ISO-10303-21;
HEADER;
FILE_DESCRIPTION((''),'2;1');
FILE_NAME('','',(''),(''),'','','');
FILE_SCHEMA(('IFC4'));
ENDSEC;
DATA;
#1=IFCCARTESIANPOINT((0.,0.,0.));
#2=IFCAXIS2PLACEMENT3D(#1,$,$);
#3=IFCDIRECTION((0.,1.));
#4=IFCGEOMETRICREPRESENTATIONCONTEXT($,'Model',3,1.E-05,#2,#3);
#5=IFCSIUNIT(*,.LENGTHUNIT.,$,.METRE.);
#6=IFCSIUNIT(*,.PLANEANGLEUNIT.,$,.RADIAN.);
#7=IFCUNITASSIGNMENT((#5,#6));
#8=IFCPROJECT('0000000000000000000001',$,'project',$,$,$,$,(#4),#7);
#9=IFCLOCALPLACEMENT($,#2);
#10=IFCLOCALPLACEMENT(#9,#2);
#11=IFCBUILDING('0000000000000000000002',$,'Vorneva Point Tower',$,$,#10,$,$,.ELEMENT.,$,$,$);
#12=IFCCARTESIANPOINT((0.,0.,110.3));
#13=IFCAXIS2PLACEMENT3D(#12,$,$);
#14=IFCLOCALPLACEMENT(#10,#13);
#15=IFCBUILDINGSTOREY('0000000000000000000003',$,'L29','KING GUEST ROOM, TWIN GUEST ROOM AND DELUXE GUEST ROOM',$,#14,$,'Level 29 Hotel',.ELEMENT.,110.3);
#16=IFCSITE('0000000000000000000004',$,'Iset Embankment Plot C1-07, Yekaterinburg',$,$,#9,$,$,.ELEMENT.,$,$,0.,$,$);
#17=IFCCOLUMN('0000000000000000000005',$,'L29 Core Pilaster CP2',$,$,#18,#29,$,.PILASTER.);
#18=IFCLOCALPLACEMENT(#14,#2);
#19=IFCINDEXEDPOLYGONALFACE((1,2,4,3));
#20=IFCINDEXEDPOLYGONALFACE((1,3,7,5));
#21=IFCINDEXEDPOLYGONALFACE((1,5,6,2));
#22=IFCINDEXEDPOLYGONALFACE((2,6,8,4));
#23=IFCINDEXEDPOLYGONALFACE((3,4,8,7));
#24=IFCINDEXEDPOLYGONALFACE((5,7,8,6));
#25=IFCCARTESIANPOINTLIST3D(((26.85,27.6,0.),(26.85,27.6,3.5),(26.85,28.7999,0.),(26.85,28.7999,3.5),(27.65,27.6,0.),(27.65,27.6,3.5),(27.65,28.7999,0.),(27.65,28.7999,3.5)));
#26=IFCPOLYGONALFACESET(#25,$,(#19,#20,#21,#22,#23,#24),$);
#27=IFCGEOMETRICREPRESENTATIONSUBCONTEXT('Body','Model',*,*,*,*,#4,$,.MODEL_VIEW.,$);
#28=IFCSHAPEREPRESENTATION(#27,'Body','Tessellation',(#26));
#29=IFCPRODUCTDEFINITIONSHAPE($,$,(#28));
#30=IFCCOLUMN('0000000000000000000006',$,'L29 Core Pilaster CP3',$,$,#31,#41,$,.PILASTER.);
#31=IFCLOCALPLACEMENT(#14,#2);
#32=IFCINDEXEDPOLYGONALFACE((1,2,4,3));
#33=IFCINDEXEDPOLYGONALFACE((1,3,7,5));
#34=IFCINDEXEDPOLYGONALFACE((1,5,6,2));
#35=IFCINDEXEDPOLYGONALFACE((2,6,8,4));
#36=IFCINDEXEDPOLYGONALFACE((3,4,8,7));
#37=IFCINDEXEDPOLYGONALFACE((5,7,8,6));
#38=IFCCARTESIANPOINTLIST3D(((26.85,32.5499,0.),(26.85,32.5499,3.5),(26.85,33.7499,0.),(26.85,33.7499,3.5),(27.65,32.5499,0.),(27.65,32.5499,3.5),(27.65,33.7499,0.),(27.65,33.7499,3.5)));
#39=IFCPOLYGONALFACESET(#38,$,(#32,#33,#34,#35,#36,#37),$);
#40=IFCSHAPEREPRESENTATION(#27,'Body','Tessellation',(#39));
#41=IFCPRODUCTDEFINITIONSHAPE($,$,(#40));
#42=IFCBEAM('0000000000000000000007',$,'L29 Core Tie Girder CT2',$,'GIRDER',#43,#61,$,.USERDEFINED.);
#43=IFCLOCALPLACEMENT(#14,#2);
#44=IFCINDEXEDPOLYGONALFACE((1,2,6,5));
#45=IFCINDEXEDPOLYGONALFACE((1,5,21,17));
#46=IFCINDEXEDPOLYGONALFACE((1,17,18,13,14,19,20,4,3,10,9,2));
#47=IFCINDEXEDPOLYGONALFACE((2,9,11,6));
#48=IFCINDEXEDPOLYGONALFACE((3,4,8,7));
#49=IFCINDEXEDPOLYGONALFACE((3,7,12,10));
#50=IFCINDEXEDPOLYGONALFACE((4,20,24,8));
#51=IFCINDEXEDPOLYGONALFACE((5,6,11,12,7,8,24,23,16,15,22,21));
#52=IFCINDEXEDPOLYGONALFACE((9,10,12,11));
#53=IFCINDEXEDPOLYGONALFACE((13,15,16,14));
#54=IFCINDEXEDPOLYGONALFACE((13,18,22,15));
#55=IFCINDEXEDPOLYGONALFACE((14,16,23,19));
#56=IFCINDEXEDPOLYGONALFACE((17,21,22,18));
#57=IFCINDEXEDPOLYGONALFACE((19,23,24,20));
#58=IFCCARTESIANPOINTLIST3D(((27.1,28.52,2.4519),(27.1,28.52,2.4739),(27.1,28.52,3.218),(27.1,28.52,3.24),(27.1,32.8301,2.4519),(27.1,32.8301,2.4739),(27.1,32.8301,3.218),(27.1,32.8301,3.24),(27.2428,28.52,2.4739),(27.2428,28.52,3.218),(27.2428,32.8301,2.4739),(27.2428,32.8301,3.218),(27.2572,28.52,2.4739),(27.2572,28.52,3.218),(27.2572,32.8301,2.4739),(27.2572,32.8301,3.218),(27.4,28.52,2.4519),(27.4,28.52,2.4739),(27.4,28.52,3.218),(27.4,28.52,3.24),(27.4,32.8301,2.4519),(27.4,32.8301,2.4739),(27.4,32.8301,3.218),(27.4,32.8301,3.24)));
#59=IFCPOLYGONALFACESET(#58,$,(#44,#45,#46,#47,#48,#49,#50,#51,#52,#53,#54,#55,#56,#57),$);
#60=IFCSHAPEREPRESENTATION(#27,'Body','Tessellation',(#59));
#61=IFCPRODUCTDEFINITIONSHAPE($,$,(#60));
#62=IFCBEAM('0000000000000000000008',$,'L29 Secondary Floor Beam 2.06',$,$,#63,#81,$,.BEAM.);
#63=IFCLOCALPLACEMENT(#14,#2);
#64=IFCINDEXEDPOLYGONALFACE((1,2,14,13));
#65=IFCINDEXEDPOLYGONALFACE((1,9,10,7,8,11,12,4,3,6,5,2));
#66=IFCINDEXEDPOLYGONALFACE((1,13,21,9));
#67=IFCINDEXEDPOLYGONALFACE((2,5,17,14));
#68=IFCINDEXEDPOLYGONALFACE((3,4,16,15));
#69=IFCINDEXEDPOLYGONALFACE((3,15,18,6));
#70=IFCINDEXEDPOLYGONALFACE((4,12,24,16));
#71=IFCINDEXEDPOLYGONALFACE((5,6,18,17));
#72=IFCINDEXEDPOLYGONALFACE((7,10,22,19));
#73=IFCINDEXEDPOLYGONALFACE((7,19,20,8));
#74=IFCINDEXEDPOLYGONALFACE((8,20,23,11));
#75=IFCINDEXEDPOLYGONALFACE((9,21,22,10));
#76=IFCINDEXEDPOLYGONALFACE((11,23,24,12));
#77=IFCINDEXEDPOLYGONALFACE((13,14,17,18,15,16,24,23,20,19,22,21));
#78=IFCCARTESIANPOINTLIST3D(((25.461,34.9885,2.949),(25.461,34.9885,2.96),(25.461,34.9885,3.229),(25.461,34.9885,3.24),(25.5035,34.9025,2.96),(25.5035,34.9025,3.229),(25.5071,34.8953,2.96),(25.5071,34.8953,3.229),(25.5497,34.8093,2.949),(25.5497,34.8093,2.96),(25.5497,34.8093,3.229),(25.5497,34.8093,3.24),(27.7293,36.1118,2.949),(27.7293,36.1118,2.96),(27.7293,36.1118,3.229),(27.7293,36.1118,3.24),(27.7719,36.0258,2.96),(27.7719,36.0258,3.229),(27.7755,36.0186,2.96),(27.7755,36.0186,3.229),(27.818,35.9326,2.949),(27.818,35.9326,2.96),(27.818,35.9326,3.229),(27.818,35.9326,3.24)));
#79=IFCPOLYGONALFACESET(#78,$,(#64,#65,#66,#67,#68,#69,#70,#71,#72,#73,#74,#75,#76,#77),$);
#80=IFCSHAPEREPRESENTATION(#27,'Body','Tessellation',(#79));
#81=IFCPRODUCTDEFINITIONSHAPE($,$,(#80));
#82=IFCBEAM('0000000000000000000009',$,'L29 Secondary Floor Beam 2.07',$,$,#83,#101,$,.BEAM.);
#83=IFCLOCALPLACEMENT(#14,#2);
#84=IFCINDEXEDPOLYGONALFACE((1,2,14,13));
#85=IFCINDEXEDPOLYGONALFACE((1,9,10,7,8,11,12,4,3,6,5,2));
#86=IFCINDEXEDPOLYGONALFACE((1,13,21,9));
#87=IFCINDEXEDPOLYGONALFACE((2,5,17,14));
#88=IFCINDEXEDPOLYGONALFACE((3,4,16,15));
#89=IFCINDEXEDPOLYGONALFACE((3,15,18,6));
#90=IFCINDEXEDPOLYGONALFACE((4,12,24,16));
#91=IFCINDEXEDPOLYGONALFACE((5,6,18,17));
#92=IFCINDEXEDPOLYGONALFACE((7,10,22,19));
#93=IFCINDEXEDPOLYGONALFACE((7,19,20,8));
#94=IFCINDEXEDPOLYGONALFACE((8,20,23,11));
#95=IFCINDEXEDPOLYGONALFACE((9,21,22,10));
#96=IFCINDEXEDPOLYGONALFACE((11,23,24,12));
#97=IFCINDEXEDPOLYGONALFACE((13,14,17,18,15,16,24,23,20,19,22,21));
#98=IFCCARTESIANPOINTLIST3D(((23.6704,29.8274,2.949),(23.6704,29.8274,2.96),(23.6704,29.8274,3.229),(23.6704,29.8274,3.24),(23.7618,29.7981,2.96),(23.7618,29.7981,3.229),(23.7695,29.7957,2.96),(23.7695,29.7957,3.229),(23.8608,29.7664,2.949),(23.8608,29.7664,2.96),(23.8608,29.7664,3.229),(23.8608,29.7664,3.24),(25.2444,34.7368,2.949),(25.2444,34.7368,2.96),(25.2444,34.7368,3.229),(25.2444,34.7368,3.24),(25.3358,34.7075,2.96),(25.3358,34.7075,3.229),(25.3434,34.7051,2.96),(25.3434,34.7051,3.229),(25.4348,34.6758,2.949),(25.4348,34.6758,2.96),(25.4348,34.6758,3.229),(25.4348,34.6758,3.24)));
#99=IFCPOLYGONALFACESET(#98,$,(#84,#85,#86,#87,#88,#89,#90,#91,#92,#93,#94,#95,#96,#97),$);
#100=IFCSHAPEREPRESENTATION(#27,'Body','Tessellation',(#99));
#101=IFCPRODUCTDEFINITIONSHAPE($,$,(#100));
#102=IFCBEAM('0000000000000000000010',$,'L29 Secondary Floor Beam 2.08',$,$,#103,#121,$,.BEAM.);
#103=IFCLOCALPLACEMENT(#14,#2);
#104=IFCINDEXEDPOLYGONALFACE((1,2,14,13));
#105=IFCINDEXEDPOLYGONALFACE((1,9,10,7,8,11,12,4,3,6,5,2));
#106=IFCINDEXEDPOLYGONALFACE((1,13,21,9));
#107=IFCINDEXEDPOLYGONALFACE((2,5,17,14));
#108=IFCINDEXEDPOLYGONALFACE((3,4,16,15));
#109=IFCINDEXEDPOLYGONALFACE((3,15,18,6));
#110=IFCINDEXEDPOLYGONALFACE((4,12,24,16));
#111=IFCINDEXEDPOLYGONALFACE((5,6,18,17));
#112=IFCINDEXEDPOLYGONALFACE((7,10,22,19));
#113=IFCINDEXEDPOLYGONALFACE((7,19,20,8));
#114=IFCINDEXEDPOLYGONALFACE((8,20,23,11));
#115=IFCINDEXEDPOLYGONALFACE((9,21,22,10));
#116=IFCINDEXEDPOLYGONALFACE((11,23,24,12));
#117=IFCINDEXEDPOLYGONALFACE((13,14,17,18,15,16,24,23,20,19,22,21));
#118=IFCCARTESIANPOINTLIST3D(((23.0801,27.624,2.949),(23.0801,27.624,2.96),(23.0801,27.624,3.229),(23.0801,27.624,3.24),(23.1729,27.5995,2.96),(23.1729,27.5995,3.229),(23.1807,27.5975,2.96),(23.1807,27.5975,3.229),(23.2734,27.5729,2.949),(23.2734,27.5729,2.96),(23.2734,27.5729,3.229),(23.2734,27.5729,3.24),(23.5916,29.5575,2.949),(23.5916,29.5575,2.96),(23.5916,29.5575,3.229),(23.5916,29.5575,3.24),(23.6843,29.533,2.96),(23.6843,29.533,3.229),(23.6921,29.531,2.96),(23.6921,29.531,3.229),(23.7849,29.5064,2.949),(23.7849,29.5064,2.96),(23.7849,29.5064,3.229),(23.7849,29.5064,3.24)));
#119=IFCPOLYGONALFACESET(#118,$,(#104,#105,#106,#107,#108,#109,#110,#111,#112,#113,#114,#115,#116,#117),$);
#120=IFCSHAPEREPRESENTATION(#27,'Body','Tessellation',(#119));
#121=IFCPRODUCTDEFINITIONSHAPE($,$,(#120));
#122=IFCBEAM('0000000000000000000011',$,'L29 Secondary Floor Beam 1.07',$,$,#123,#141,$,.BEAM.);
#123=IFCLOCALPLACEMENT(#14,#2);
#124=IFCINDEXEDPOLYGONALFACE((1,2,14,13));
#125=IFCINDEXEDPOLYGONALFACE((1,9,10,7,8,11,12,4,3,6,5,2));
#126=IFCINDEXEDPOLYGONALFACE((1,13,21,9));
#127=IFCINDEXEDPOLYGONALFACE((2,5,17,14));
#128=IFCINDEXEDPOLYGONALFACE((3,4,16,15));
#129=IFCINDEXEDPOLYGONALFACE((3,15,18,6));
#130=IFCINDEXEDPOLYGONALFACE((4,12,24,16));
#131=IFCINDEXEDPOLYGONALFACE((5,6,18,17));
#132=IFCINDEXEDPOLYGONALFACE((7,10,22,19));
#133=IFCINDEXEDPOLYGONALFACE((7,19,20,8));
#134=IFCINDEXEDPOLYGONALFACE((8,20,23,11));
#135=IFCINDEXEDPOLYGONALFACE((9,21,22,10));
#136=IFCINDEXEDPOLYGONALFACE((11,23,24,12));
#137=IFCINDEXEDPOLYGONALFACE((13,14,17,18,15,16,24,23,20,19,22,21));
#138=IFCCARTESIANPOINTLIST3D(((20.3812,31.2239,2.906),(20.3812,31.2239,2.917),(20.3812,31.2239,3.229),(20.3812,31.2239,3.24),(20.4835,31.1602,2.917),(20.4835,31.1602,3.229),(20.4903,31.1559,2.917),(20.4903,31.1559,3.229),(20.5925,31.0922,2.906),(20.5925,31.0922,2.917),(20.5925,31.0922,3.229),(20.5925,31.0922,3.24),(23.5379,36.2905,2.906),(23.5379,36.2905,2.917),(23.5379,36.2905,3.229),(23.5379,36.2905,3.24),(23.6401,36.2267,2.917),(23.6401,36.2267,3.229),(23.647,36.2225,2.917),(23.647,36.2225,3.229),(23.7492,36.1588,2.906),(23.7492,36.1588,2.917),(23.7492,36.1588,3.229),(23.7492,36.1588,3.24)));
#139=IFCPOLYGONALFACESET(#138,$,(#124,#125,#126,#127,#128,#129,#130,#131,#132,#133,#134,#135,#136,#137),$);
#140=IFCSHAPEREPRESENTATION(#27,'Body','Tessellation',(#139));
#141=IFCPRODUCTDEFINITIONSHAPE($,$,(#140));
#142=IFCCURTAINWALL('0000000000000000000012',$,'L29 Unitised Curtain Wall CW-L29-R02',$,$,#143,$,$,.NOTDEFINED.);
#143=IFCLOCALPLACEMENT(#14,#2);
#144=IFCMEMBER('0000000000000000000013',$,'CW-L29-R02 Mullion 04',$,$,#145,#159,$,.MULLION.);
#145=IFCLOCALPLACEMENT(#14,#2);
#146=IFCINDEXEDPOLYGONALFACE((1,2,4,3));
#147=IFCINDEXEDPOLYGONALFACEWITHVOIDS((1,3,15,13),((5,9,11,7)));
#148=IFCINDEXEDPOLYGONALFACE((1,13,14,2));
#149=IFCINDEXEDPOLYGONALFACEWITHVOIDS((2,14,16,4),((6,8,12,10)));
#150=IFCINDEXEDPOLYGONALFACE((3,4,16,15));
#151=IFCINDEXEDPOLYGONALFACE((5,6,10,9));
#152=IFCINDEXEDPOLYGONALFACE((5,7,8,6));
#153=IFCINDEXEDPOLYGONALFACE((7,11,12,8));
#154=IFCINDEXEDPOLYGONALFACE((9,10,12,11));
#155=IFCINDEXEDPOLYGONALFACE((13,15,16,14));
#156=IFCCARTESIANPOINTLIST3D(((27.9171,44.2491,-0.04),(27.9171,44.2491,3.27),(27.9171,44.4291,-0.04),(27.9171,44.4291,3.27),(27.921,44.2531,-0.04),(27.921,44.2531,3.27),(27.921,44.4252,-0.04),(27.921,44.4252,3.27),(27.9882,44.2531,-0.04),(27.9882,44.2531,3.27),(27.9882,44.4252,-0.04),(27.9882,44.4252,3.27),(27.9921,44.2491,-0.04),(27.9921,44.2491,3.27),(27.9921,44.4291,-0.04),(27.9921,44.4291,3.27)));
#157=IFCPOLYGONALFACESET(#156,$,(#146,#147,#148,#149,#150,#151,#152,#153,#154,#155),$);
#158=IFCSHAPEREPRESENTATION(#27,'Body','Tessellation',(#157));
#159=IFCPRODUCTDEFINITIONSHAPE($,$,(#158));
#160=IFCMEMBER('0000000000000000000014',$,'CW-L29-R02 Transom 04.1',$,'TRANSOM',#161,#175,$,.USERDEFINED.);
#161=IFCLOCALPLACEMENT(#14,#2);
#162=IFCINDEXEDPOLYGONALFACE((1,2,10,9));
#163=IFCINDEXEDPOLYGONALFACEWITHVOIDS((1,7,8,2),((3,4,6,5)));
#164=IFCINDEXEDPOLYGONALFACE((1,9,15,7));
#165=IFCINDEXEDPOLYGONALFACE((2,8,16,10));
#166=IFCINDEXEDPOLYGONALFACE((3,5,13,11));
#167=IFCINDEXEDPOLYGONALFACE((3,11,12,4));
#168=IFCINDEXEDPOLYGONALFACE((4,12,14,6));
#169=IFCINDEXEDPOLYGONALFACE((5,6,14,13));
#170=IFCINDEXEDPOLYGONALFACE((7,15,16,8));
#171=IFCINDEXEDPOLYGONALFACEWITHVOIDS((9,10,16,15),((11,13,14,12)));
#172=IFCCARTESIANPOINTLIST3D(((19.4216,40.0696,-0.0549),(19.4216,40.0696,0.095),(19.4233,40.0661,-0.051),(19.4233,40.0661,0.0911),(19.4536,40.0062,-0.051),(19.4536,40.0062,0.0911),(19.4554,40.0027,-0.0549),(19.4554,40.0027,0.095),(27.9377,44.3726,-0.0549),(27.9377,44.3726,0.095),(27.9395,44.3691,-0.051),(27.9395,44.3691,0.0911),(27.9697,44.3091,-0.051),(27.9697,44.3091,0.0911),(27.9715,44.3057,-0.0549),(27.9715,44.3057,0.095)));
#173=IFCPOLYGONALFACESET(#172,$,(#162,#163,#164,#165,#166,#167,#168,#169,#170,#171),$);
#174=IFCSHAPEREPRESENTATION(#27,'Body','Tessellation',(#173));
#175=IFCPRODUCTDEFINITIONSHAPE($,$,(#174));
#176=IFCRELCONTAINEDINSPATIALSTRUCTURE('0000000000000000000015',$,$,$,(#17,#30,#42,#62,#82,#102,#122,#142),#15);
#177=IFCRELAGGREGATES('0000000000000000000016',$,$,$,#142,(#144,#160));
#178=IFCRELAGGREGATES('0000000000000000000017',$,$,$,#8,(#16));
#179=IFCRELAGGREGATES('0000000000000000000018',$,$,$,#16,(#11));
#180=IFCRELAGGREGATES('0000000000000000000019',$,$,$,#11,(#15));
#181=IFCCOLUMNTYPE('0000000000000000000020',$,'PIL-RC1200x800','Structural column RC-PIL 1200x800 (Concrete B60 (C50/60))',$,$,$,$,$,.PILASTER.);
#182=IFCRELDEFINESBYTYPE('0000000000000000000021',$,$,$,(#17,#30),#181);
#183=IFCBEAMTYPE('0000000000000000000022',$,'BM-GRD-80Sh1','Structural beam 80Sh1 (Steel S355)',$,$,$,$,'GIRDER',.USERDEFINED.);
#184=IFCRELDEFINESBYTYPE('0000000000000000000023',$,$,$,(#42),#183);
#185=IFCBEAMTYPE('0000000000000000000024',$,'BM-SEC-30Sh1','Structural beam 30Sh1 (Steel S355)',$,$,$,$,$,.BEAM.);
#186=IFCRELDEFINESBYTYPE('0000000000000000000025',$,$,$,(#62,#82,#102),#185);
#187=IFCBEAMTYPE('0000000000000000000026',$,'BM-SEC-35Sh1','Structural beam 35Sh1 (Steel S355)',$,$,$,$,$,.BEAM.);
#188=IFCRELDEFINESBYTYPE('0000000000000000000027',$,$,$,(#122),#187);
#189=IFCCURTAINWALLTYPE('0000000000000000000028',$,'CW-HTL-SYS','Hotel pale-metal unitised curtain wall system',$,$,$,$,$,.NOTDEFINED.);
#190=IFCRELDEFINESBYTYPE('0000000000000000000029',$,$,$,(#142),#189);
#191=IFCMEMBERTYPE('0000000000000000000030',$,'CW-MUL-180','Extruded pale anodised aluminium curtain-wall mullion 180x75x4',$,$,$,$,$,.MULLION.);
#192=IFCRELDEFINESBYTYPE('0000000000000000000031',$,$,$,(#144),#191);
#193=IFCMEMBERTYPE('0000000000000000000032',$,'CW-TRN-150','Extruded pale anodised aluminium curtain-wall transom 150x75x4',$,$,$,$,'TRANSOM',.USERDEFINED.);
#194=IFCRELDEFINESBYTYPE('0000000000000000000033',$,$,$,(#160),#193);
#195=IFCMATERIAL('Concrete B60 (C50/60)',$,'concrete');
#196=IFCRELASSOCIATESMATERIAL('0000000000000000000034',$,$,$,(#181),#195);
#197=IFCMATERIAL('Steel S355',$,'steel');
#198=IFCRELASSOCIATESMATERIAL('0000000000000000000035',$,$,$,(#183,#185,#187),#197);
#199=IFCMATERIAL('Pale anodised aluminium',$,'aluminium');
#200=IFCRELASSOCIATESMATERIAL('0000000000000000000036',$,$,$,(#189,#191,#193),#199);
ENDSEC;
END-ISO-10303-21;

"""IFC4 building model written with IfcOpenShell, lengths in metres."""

from ifc_helpers import new_model, si_unit, direction, frame, origin, origin_2d, place, context, subcontext, project, spatial, rectangle, hollow_rectangle, i_section, extrude, material, material_profile, profile_set, type_object, element, aggregate, save


model = new_model("IFC4")

# Units and contexts
model_context = context("Model", 3, precision=1e-05, world=origin(), true_north=direction((0.0, 1.0)))
body_context = subcontext(model_context, "Body", "Model", "MODEL_VIEW")
ifc_project = project(units=[si_unit("LENGTHUNIT", "METRE"), si_unit("PLANEANGLEUNIT", "RADIAN")], contexts=[model_context])

# Site, building, storey
site_placement = place(None, origin())
site = spatial("IfcSite", under=ifc_project, at=site_placement, Name="Iset Embankment Plot C1-07, Yekaterinburg", CompositionType="ELEMENT", RefElevation=0.0)
building_placement = place(site_placement, origin())
building = spatial("IfcBuilding", under=site, at=building_placement, Name="Vorneva Point Tower", CompositionType="ELEMENT")
storey_placement = place(building_placement, frame((0.0, 0.0, 110.3)))
storey = spatial("IfcBuildingStorey", under=building, at=storey_placement, Name="L29", Description="KING GUEST ROOM, TWIN GUEST ROOM AND DELUXE GUEST ROOM", LongName="Level 29 Hotel", CompositionType="ELEMENT", Elevation=110.3)

# Columns
ifc_material_1 = material(Name="Concrete B60 (C50/60)", Category="concrete")
ifc_material_profile_1 = material_profile(ifc_material_1, rectangle(XDim=0.8, YDim=1.2, at=origin_2d()), Name="RC-PIL 1200x800")
ifc_profile_set_1 = profile_set([ifc_material_profile_1], Name="Concrete B60 (C50/60)")
column_type = type_object("IfcColumnType", Name="PIL-RC1200x800", Description="Structural column RC-PIL 1200x800 (Concrete B60 (C50/60))", PredefinedType="PILASTER", material=ifc_profile_set_1)
for number, where, z_axis, x_axis, name in (
    (1, (27.25, 28.2, 0.0), (0.0, 0.0, 1.0), (1.0, 0.0, 0.0), "L29 Core Pilaster CP2"),
    (2, (27.25, 33.1499, 0.0), (0.0, 0.0, 1.0), (1.0, 0.0, 0.0), "L29 Core Pilaster CP3"),
):
    element("IfcColumn", number, at=place(storey_placement, frame(where, z_axis=z_axis, x_axis=x_axis)), inside=storey, type_object=column_type, Name=name, PredefinedType="PILASTER", context=body_context, shape_type="SweptSolid", body=[
        extrude(rectangle(XDim=0.8, YDim=1.2, at=origin_2d()), origin(), (0.0, 0.0, 1.0), 3.5),
    ])

# Beams
ifc_material_2 = material(Name="Steel S355", Category="steel")
ifc_material_profile_2 = material_profile(ifc_material_2, i_section(OverallWidth=0.3, OverallDepth=0.7881, WebThickness=0.0144, FlangeThickness=0.022, at=origin_2d()), Name="80Sh1")
ifc_profile_set_2 = profile_set([ifc_material_profile_2], Name="Steel S355")
beam_type_1 = type_object("IfcBeamType", Name="BM-GRD-80Sh1", Description="Structural beam 80Sh1 (Steel S355)", ElementType="GIRDER", PredefinedType="USERDEFINED", material=ifc_profile_set_2)
beam_1_placement = place(storey_placement, frame((27.25, 28.52, 2.8459), z_axis=(0.0, 1.0, 0.0), x_axis=(-1.0, 0.0, 0.0)))
element("IfcBeam", 3, at=beam_1_placement, inside=storey, type_object=beam_type_1, Name="L29 Core Tie Girder CT2", ObjectType="GIRDER", PredefinedType="USERDEFINED", context=body_context, shape_type="SweptSolid", body=[
    extrude(i_section(OverallWidth=0.3, OverallDepth=0.7881, WebThickness=0.0144, FlangeThickness=0.022, at=origin_2d()), origin(), (0.0, 0.0, 1.0), 4.3101),
])
ifc_material_profile_3 = material_profile(ifc_material_2, i_section(OverallWidth=0.2, OverallDepth=0.291, WebThickness=0.0081, FlangeThickness=0.011, at=origin_2d()), Name="30Sh1")
ifc_profile_set_3 = profile_set([ifc_material_profile_3], Name="Steel S355")
beam_type_2 = type_object("IfcBeamType", Name="BM-SEC-30Sh1", Description="Structural beam 30Sh1 (Steel S355)", PredefinedType="BEAM", material=ifc_profile_set_3)
beam_2_placement = place(storey_placement, frame((27.7737, 36.0222, 3.0945), z_axis=(-0.896137, -0.443777, 0.0), x_axis=(0.443777, -0.896137, 0.0)))
element("IfcBeam", 4, at=beam_2_placement, inside=storey, type_object=beam_type_2, Name="L29 Secondary Floor Beam 2.06", PredefinedType="BEAM", context=body_context, shape_type="SweptSolid", body=[
    extrude(i_section(OverallWidth=0.2, OverallDepth=0.291, WebThickness=0.0081, FlangeThickness=0.011, at=origin_2d()), origin(), (0.0, 0.0, 1.0), 2.5312),
])
beam_3_placement = place(storey_placement, frame((25.3396, 34.7063, 3.0945), z_axis=(-0.305296, -0.952257, 0.0), x_axis=(0.952257, -0.305296, 0.0)))
element("IfcBeam", 5, at=beam_3_placement, inside=storey, type_object=beam_type_2, Name="L29 Secondary Floor Beam 2.07", PredefinedType="BEAM", context=body_context, shape_type="SweptSolid", body=[
    extrude(i_section(OverallWidth=0.2, OverallDepth=0.291, WebThickness=0.0081, FlangeThickness=0.011, at=origin_2d()), origin(), (0.0, 0.0, 1.0), 5.1555),
])
beam_4_placement = place(storey_placement, frame((23.6882, 29.532, 3.0945), z_axis=(-0.255725, -0.96675, 0.0), x_axis=(0.96675, -0.255725, 0.0)))
element("IfcBeam", 6, at=beam_4_placement, inside=storey, type_object=beam_type_2, Name="L29 Secondary Floor Beam 2.08", PredefinedType="BEAM", context=body_context, shape_type="SweptSolid", body=[
    extrude(i_section(OverallWidth=0.2, OverallDepth=0.291, WebThickness=0.0081, FlangeThickness=0.011, at=origin_2d()), origin(), (0.0, 0.0, 1.0), 2.0),
])
ifc_material_profile_4 = material_profile(ifc_material_2, i_section(OverallWidth=0.249, OverallDepth=0.334, WebThickness=0.0081, FlangeThickness=0.011, at=origin_2d()), Name="35Sh1")
ifc_profile_set_4 = profile_set([ifc_material_profile_4], Name="Steel S355")
beam_type_3 = type_object("IfcBeamType", Name="BM-SEC-35Sh1", Description="Structural beam 35Sh1 (Steel S355)", PredefinedType="BEAM", material=ifc_profile_set_4)
beam_5_placement = place(storey_placement, frame((23.6436, 36.2246, 3.073), z_axis=(-0.528804, -0.848744, 0.0), x_axis=(0.848744, -0.528804, 0.0)))
element("IfcBeam", 7, at=beam_5_placement, inside=storey, type_object=beam_type_3, Name="L29 Secondary Floor Beam 1.07", PredefinedType="BEAM", context=body_context, shape_type="SweptSolid", body=[
    extrude(i_section(OverallWidth=0.249, OverallDepth=0.334, WebThickness=0.0081, FlangeThickness=0.011, at=origin_2d()), origin(), (0.0, 0.0, 1.0), 5.9695),
])

# Curtain wall, members
ifc_material_3 = material(Name="Pale anodised aluminium", Category="aluminium")
curtain_wall_type = type_object("IfcCurtainWallType", Name="CW-HTL-SYS", Description="Hotel pale-metal unitised curtain wall system", PredefinedType="NOTDEFINED", material=ifc_material_3)
curtain_wall_placement = place(storey_placement, origin())
curtain_wall = element("IfcCurtainWall", 8, at=curtain_wall_placement, inside=storey, type_object=curtain_wall_type, Name="L29 Unitised Curtain Wall CW-L29-R02", PredefinedType="NOTDEFINED")
ifc_material_profile_5 = material_profile(ifc_material_3, hollow_rectangle(XDim=0.075, YDim=0.1799, WallThickness=0.0039, at=origin_2d()), Name="AL-MUL 180x75x4")
ifc_profile_set_5 = profile_set([ifc_material_profile_5], Name="Pale anodised aluminium")
member_type_1 = type_object("IfcMemberType", Name="CW-MUL-180", Description="Extruded pale anodised aluminium curtain-wall mullion 180x75x4", PredefinedType="MULLION", material=ifc_profile_set_5)
member_1_placement = place(storey_placement, frame((27.9546, 44.3391, -0.04), z_axis=(0.0, 0.0, 1.0), x_axis=(1.0, 0.0, 0.0)))
member_1 = element("IfcMember", 9, at=member_1_placement, type_object=member_type_1, Name="CW-L29-R02 Mullion 04", PredefinedType="MULLION", context=body_context, shape_type="SweptSolid", body=[
    extrude(hollow_rectangle(XDim=0.075, YDim=0.1799, WallThickness=0.0039, at=origin_2d()), origin(), (0.0, 0.0, 1.0), 3.3101),
])
ifc_material_profile_6 = material_profile(ifc_material_3, hollow_rectangle(XDim=0.075, YDim=0.1499, WallThickness=0.0039, at=origin_2d()), Name="AL-TRN 150x75x4")
ifc_profile_set_6 = profile_set([ifc_material_profile_6], Name="Pale anodised aluminium")
member_type_2 = type_object("IfcMemberType", Name="CW-TRN-150", Description="Extruded pale anodised aluminium curtain-wall transom 150x75x4", ElementType="TRANSOM", PredefinedType="USERDEFINED", material=ifc_profile_set_6)
member_2_placement = place(storey_placement, frame((27.9546, 44.3391, 0.02), z_axis=(-0.892536, -0.450976, 0.0), x_axis=(0.450976, -0.892536, 0.0)))
member_2 = element("IfcMember", 10, at=member_2_placement, type_object=member_type_2, Name="CW-L29-R02 Transom 04.1", ObjectType="TRANSOM", PredefinedType="USERDEFINED", context=body_context, shape_type="SweptSolid", body=[
    extrude(hollow_rectangle(XDim=0.075, YDim=0.1499, WallThickness=0.0039, at=origin_2d()), origin(), (0.0, 0.0, 1.0), 9.5415),
])
aggregate(curtain_wall, [member_1, member_2])

save(model, "model.ifc")
